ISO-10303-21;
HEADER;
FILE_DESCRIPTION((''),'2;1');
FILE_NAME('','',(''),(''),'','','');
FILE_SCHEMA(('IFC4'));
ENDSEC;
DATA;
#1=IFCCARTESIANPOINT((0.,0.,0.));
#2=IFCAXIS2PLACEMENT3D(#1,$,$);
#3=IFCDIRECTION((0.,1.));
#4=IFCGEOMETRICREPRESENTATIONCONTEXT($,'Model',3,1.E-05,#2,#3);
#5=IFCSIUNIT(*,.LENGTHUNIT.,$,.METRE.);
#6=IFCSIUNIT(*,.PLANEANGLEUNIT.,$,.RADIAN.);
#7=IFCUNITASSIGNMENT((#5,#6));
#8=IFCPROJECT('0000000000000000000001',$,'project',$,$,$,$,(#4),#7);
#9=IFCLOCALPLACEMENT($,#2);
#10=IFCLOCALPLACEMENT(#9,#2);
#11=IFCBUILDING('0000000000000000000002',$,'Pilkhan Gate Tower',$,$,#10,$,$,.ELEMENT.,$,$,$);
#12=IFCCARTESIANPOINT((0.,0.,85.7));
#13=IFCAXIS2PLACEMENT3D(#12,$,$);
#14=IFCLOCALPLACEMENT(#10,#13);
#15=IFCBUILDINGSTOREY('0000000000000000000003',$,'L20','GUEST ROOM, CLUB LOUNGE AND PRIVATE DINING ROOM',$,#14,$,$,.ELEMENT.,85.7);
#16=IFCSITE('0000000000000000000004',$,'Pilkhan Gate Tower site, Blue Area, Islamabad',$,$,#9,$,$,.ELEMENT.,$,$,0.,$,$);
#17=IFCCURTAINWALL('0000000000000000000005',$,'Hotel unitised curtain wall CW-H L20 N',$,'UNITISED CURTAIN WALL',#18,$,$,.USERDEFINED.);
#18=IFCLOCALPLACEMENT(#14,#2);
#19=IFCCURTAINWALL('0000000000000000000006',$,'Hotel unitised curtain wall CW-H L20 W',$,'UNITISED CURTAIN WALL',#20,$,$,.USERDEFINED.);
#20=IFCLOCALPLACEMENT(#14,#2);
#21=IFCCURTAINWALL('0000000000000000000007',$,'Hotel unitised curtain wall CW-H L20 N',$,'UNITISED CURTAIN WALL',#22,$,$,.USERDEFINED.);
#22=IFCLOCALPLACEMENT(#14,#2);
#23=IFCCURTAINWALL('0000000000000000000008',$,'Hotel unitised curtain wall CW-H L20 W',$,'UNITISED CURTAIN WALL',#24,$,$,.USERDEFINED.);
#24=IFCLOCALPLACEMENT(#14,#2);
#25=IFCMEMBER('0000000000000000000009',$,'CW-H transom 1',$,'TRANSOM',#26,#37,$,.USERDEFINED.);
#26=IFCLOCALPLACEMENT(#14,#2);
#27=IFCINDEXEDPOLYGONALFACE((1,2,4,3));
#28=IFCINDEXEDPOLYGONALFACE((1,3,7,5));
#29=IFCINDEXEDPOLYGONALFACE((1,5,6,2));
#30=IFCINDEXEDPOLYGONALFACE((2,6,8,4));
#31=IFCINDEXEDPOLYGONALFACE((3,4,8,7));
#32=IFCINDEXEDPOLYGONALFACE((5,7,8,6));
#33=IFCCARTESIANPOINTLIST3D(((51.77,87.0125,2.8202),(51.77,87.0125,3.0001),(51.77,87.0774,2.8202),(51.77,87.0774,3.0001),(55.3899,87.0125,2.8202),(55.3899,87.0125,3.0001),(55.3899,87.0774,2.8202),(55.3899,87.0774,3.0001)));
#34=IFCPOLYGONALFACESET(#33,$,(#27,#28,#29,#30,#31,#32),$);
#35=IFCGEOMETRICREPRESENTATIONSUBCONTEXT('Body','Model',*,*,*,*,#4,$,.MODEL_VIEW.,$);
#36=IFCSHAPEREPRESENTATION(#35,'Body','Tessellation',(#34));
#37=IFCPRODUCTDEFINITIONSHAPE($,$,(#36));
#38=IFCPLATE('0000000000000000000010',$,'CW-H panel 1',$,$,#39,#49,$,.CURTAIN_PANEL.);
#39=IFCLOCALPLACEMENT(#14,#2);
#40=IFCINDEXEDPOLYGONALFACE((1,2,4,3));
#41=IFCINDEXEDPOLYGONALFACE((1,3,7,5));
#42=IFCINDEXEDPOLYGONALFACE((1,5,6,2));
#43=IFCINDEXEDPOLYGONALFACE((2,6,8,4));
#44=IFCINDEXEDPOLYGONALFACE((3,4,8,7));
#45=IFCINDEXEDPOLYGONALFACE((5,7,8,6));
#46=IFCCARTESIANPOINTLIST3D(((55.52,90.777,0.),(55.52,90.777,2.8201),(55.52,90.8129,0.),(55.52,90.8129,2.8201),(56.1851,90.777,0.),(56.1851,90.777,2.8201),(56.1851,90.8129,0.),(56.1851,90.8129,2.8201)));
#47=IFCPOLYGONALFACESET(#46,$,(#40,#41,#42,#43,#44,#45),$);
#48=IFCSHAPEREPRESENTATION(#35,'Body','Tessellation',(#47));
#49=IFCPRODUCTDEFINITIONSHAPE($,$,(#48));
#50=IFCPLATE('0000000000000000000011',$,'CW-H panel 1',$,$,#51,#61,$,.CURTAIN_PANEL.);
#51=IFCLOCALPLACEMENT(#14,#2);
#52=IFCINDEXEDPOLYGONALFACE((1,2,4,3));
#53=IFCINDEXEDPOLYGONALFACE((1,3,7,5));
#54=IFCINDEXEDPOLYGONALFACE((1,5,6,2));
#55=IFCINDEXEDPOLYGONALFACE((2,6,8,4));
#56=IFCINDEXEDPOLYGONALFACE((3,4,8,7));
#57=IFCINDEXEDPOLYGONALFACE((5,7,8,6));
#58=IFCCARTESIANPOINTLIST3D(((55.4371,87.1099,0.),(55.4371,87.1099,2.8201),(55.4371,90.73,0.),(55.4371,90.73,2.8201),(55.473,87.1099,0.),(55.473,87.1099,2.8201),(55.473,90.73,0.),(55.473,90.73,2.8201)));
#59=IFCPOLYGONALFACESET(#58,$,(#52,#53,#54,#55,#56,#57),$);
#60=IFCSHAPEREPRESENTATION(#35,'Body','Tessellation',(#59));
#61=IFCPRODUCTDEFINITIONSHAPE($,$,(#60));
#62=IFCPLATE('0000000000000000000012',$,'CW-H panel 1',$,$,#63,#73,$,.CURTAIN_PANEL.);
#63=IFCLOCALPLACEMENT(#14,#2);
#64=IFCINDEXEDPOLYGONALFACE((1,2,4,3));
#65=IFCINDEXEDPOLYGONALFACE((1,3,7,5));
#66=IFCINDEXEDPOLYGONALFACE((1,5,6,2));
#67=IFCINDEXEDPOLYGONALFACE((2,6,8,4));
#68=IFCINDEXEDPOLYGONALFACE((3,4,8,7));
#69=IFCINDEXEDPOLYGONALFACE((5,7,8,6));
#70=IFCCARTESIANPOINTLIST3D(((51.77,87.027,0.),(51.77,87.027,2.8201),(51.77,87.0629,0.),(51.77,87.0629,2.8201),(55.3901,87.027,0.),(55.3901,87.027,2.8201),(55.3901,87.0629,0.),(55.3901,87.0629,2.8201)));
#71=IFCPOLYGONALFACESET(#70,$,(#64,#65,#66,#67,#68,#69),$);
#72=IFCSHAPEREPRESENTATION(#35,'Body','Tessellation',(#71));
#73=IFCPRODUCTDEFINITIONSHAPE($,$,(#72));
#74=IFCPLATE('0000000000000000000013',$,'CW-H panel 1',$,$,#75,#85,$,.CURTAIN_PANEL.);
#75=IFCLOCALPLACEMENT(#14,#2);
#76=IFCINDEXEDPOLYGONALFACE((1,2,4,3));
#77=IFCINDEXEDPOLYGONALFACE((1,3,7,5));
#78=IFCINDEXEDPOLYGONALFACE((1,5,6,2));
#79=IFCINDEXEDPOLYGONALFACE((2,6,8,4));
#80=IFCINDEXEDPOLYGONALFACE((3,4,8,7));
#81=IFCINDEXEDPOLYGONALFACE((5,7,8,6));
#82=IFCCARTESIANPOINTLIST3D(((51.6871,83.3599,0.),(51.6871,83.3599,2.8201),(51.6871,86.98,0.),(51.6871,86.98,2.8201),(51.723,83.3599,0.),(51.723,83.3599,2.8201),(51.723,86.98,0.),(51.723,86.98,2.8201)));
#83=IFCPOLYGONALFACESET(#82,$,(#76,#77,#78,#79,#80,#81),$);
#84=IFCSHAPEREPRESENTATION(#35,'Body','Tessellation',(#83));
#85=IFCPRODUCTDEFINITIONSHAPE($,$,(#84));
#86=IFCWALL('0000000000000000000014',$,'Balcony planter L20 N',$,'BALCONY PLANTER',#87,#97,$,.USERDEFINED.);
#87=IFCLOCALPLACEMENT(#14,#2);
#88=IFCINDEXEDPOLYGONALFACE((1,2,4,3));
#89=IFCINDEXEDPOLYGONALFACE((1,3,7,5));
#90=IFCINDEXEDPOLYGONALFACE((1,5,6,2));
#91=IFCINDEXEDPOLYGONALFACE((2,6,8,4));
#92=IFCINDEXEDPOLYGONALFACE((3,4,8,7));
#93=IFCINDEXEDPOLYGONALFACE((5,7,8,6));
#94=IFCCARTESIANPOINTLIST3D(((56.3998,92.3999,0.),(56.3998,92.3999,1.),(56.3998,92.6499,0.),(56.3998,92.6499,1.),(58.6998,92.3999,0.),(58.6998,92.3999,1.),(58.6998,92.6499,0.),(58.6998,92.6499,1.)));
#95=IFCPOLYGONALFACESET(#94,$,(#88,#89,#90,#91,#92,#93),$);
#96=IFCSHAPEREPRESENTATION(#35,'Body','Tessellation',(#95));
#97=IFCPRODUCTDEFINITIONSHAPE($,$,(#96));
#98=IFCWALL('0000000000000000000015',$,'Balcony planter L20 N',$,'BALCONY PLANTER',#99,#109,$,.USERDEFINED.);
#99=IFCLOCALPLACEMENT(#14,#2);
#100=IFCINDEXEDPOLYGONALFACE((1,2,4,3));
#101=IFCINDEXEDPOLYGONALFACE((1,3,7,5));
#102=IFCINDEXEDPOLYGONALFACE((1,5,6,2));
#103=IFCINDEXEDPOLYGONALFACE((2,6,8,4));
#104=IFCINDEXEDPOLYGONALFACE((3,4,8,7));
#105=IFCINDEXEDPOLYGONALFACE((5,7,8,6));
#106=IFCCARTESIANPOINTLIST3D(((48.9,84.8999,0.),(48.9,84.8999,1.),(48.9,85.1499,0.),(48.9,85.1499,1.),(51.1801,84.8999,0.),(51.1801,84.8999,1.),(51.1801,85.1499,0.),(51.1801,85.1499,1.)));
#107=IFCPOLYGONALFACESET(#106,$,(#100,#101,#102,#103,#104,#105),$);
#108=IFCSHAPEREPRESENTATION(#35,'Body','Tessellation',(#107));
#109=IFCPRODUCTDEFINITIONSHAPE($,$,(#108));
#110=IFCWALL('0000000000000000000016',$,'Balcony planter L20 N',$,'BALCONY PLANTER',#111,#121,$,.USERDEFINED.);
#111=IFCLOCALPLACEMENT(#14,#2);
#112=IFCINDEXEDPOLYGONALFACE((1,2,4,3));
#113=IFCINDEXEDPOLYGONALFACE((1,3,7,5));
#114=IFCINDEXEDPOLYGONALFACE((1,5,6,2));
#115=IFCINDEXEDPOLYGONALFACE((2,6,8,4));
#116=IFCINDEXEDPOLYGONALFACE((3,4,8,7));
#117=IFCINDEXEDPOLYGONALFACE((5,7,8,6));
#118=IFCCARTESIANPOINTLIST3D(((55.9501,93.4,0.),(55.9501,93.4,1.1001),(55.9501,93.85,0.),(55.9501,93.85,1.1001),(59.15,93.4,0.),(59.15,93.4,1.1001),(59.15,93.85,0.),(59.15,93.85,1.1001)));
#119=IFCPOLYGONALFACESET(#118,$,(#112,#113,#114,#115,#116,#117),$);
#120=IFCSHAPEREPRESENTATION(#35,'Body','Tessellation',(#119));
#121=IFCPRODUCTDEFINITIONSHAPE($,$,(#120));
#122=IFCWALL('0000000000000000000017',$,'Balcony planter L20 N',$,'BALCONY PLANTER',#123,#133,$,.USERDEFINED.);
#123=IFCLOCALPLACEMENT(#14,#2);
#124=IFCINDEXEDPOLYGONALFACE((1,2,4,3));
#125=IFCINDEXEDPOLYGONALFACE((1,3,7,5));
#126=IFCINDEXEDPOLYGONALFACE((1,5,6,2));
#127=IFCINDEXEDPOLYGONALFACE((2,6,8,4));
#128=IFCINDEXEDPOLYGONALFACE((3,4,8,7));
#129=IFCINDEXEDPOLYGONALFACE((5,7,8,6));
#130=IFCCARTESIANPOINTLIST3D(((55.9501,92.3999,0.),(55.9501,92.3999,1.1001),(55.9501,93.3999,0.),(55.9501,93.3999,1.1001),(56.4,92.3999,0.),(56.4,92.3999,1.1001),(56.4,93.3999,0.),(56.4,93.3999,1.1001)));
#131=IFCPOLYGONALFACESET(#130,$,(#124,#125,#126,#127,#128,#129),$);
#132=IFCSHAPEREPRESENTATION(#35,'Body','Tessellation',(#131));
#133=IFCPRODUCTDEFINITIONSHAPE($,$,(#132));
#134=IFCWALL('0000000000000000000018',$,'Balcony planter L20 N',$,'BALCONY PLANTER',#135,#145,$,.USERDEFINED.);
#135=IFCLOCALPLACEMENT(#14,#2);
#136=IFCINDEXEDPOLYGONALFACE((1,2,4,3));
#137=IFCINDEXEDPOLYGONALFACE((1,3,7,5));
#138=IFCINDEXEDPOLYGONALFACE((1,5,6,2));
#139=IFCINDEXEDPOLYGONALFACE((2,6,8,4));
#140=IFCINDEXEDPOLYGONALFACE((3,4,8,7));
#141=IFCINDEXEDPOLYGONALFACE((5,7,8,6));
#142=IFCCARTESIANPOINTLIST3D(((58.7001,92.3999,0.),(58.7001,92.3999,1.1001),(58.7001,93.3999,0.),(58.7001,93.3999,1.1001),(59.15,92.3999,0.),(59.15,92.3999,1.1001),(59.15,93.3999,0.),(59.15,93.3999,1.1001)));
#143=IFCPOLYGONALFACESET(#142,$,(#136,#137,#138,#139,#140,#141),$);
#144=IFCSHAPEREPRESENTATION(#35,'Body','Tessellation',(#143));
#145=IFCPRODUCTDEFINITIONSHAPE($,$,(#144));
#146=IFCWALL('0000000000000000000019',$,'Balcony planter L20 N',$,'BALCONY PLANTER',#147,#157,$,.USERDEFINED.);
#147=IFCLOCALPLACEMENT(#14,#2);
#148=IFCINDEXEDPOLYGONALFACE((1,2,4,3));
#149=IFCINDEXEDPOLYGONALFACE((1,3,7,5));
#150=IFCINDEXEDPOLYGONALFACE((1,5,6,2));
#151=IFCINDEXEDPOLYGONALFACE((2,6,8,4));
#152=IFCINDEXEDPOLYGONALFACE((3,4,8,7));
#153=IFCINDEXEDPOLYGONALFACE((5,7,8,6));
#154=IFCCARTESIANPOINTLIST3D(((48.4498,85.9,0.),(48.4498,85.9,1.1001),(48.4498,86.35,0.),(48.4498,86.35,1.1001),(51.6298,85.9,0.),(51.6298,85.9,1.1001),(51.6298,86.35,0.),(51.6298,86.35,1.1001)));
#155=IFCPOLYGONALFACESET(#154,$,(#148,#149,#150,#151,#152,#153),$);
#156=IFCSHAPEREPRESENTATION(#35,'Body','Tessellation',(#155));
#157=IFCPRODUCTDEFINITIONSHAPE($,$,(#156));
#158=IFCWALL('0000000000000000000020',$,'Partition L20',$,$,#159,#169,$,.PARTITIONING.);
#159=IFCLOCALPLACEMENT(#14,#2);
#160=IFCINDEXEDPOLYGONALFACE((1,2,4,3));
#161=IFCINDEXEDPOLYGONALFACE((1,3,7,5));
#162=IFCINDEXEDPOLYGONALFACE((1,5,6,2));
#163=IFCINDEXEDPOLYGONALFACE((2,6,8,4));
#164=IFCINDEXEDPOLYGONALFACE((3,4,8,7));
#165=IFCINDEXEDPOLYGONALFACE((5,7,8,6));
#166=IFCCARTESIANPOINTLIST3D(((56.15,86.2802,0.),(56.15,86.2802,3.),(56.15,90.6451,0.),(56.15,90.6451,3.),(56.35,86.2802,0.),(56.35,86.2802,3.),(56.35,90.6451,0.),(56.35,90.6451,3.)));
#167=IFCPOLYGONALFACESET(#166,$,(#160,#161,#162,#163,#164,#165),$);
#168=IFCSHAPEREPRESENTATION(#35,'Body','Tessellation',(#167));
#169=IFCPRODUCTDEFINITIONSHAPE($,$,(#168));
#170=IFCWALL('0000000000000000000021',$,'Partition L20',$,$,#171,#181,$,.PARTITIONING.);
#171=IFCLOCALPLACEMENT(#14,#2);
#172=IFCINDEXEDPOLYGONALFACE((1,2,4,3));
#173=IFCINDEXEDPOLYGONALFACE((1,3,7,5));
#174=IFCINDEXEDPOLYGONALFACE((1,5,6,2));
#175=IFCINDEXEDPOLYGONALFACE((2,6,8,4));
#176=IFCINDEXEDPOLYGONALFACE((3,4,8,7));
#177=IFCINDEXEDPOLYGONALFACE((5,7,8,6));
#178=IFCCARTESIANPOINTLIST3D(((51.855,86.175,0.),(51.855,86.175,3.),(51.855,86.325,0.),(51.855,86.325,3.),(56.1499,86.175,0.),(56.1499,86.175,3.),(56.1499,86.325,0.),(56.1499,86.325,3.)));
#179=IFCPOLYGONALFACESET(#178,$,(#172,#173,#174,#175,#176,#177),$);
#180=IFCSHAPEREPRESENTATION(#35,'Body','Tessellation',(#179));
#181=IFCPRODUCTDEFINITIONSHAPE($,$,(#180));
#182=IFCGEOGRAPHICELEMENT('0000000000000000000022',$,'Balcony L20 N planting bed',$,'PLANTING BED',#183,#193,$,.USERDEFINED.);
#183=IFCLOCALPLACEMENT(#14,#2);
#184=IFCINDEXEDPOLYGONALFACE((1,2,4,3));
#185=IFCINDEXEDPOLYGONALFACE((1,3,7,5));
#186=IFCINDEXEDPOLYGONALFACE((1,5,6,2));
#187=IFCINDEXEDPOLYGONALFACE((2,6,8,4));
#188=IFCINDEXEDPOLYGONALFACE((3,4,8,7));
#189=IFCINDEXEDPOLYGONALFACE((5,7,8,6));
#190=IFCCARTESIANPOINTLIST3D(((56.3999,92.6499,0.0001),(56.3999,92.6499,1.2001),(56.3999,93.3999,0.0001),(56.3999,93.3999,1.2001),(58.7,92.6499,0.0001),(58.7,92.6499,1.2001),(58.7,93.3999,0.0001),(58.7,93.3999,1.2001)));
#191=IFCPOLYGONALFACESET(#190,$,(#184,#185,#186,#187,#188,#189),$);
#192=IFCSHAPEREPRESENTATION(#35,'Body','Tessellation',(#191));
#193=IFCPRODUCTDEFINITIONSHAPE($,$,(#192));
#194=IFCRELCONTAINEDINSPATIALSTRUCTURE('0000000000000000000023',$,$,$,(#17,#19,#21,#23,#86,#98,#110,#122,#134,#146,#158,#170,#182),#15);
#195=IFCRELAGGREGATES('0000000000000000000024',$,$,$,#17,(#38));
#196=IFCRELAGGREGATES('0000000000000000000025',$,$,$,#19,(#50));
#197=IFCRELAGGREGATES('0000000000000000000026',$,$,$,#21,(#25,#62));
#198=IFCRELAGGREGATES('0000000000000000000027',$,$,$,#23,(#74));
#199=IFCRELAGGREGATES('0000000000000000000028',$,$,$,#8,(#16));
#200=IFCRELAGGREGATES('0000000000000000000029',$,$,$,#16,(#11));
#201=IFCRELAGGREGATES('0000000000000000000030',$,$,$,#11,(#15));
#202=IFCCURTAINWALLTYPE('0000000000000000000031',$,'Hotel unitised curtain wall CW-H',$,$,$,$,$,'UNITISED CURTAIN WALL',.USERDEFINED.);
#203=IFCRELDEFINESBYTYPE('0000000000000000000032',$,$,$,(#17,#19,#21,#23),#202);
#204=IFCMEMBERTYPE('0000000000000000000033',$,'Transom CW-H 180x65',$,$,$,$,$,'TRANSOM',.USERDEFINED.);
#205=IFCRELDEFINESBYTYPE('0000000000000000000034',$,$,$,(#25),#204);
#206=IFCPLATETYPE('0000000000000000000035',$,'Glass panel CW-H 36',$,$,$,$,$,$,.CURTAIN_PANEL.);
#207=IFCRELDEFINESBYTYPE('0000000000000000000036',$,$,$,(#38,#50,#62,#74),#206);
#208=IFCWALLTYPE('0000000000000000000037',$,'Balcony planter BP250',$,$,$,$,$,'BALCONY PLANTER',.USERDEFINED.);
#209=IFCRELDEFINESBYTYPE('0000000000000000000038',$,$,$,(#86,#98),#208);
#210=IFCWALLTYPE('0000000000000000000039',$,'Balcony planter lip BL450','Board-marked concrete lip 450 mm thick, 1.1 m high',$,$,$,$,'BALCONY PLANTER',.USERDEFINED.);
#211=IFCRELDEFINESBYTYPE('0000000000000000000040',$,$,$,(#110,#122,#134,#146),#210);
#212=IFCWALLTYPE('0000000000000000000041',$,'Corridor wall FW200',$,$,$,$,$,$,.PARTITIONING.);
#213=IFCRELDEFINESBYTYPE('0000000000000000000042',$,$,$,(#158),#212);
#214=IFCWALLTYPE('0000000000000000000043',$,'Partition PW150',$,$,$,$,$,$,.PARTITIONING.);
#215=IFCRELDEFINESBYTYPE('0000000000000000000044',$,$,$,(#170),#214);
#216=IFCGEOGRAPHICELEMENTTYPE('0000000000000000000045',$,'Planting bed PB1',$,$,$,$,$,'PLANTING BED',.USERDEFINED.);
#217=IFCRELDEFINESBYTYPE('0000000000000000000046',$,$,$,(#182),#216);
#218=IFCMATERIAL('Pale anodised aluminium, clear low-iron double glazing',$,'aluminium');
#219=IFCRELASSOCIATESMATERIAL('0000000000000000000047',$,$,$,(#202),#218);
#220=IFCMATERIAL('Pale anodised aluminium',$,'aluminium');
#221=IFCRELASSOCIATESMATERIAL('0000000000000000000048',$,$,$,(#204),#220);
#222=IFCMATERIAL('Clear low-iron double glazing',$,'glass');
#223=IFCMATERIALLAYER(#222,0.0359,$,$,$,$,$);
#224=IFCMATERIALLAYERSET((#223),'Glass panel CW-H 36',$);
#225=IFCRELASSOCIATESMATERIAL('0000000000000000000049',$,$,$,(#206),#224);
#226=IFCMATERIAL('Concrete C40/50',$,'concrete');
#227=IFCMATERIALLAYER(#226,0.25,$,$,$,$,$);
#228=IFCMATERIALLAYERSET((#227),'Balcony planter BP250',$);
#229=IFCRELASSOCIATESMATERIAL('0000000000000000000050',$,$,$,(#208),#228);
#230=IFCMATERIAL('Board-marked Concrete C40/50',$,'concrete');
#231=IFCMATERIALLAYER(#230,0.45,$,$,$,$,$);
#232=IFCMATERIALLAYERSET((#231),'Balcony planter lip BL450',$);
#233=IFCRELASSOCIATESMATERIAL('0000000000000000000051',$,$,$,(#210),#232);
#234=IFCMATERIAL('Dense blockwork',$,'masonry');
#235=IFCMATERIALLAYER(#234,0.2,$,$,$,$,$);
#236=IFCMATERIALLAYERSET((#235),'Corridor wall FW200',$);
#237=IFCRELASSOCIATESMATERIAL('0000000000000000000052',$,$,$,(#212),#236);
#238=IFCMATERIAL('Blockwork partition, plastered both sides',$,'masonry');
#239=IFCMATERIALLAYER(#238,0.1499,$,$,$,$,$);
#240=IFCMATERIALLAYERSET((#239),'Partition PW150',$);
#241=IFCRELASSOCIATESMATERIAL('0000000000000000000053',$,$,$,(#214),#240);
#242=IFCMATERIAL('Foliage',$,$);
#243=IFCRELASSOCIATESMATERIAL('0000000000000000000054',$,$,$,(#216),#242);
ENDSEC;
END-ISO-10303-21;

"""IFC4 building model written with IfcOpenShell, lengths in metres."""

from ifc_helpers import new_model, si_unit, direction, frame, frame_2d, origin, origin_2d, place, context, subcontext, project, spatial, rectangle, extrude, material, layer, layer_set, material_profile, profile_set, type_object, element, aggregate, save


model = new_model("IFC4")

# Units and contexts
model_context = context("Model", 3, precision=1e-05, world=origin(), true_north=direction((0.0, 1.0)))
body_context = subcontext(model_context, "Body", "Model", "MODEL_VIEW")
ifc_project = project(units=[si_unit("LENGTHUNIT", "METRE"), si_unit("PLANEANGLEUNIT", "RADIAN")], contexts=[model_context])

# Site, building, storey
site_placement = place(None, origin())
site = spatial("IfcSite", under=ifc_project, at=site_placement, Name="Pilkhan Gate Tower site, Blue Area, Islamabad", CompositionType="ELEMENT", RefElevation=0.0)
building_placement = place(site_placement, origin())
building = spatial("IfcBuilding", under=site, at=building_placement, Name="Pilkhan Gate Tower", CompositionType="ELEMENT")
storey_placement = place(building_placement, frame((0.0, 0.0, 85.7)))
storey = spatial("IfcBuildingStorey", under=building, at=storey_placement, Name="L20", Description="GUEST ROOM, CLUB LOUNGE AND PRIVATE DINING ROOM", CompositionType="ELEMENT", Elevation=85.7)

# Curtain walls
ifc_material_1 = material(Name="Pale anodised aluminium, clear low-iron double glazing", Category="aluminium")
curtain_wall_type = type_object("IfcCurtainWallType", Name="Hotel unitised curtain wall CW-H", ElementType="UNITISED CURTAIN WALL", PredefinedType="USERDEFINED", material=ifc_material_1)
curtain_wall_1_placement = place(storey_placement, origin())
curtain_wall_1 = element("IfcCurtainWall", 1, at=curtain_wall_1_placement, inside=storey, type_object=curtain_wall_type, Name="Hotel unitised curtain wall CW-H L20 N", ObjectType="UNITISED CURTAIN WALL", PredefinedType="USERDEFINED")
ifc_material_2 = material(Name="Pale anodised aluminium", Category="aluminium")
curtain_wall_2_placement = place(storey_placement, origin())
curtain_wall_2 = element("IfcCurtainWall", 2, at=curtain_wall_2_placement, inside=storey, type_object=curtain_wall_type, Name="Hotel unitised curtain wall CW-H L20 W", ObjectType="UNITISED CURTAIN WALL", PredefinedType="USERDEFINED")
curtain_wall_3_placement = place(storey_placement, origin())
curtain_wall_3 = element("IfcCurtainWall", 3, at=curtain_wall_3_placement, inside=storey, type_object=curtain_wall_type, Name="Hotel unitised curtain wall CW-H L20 N", ObjectType="UNITISED CURTAIN WALL", PredefinedType="USERDEFINED")

# Curtain wall
curtain_wall_4_placement = place(storey_placement, origin())
curtain_wall_4 = element("IfcCurtainWall", 4, at=curtain_wall_4_placement, inside=storey, type_object=curtain_wall_type, Name="Hotel unitised curtain wall CW-H L20 W", ObjectType="UNITISED CURTAIN WALL", PredefinedType="USERDEFINED")

# Member
ifc_material_profile_1 = material_profile(ifc_material_2, rectangle(XDim=0.0649, YDim=0.1799, at=origin_2d()), Name="Transom 180x65")
ifc_profile_set_1 = profile_set([ifc_material_profile_1], Name="Pale anodised aluminium")
member_type_1 = type_object("IfcMemberType", Name="Transom CW-H 180x65", ElementType="TRANSOM", PredefinedType="USERDEFINED", material=ifc_profile_set_1)
member_1_placement = place(storey_placement, frame((51.77, 87.0449, 2.9102), z_axis=(1.0, 0.0, 0.0), x_axis=(0.0, 1.0, 0.0)))
member_1 = element("IfcMember", 5, at=member_1_placement, type_object=member_type_1, Name="CW-H transom 1", ObjectType="TRANSOM", PredefinedType="USERDEFINED", context=body_context, shape_type="SweptSolid", body=[
    extrude(rectangle(XDim=0.0649, YDim=0.1799, at=origin_2d()), origin(), (0.0, 0.0, 1.0), 3.6199),
])

# Plates
ifc_material_3 = material(Name="Clear low-iron double glazing", Category="glass")
ifc_layer_1 = layer(ifc_material_3, 0.0359)
ifc_layer_set_1 = layer_set([ifc_layer_1], Name="Glass panel CW-H 36")
plate_type = type_object("IfcPlateType", Name="Glass panel CW-H 36", PredefinedType="CURTAIN_PANEL", material=ifc_layer_set_1)
plate_1_placement = place(storey_placement, frame((55.8525, 90.7949, 0.0), z_axis=(0.0, 0.0, 1.0), x_axis=(1.0, 0.0, 0.0)))
plate_1 = element("IfcPlate", 6, at=plate_1_placement, type_object=plate_type, Name="CW-H panel 1", PredefinedType="CURTAIN_PANEL", context=body_context, shape_type="SweptSolid", body=[
    extrude(rectangle(XDim=0.665, YDim=0.0359, at=origin_2d()), origin(), (0.0, 0.0, 1.0), 2.8201),
])
aggregate(curtain_wall_1, [plate_1])
plate_2_placement = place(storey_placement, frame((55.4551, 88.9199, 0.0), z_axis=(0.0, 0.0, 1.0), x_axis=(0.0, 1.0, 0.0)))
plate_2 = element("IfcPlate", 7, at=plate_2_placement, type_object=plate_type, Name="CW-H panel 1", PredefinedType="CURTAIN_PANEL", context=body_context, shape_type="SweptSolid", body=[
    extrude(rectangle(XDim=3.6201, YDim=0.0359, at=origin_2d()), origin(), (0.0, 0.0, 1.0), 2.8201),
])
aggregate(curtain_wall_2, [plate_2])
plate_3_placement = place(storey_placement, frame((53.5801, 87.0449, 0.0), z_axis=(0.0, 0.0, 1.0), x_axis=(1.0, 0.0, 0.0)))
plate_3 = element("IfcPlate", 8, at=plate_3_placement, type_object=plate_type, Name="CW-H panel 1", PredefinedType="CURTAIN_PANEL", context=body_context, shape_type="SweptSolid", body=[
    extrude(rectangle(XDim=3.6201, YDim=0.0359, at=origin_2d()), origin(), (0.0, 0.0, 1.0), 2.8201),
])
aggregate(curtain_wall_3, [member_1, plate_3])
plate_4_placement = place(storey_placement, frame((51.7051, 85.1699, 0.0), z_axis=(0.0, 0.0, 1.0), x_axis=(0.0, 1.0, 0.0)))
plate_4 = element("IfcPlate", 9, at=plate_4_placement, type_object=plate_type, Name="CW-H panel 1", PredefinedType="CURTAIN_PANEL", context=body_context, shape_type="SweptSolid", body=[
    extrude(rectangle(XDim=3.6201, YDim=0.0359, at=origin_2d()), origin(), (0.0, 0.0, 1.0), 2.8201),
])
aggregate(curtain_wall_4, [plate_4])

# Walls
ifc_material_4 = material(Name="Concrete C40/50", Category="concrete")
ifc_layer_2 = layer(ifc_material_4, 0.25)
ifc_layer_set_2 = layer_set([ifc_layer_2], Name="Balcony planter BP250")
wall_type_1 = type_object("IfcWallType", Name="Balcony planter BP250", ElementType="BALCONY PLANTER", PredefinedType="USERDEFINED", material=ifc_layer_set_2)
wall_1_placement = place(storey_placement, frame((56.3999, 92.5249, 0.0), z_axis=(0.0, 0.0, 1.0), x_axis=(1.0, 0.0, 0.0)))
element("IfcWall", 10, at=wall_1_placement, inside=storey, type_object=wall_type_1, Name="Balcony planter L20 N", ObjectType="BALCONY PLANTER", PredefinedType="USERDEFINED", context=body_context, shape_type="SweptSolid", body=[
    extrude(rectangle(XDim=2.3, YDim=0.25, at=frame_2d((1.1499, 0.0))), origin(), (0.0, 0.0, 1.0), 1.0),
])
wall_2_placement = place(storey_placement, frame((48.8999, 85.0249, 0.0), z_axis=(0.0, 0.0, 1.0), x_axis=(1.0, 0.0, 0.0)))
element("IfcWall", 11, at=wall_2_placement, inside=storey, type_object=wall_type_1, Name="Balcony planter L20 N", ObjectType="BALCONY PLANTER", PredefinedType="USERDEFINED", context=body_context, shape_type="SweptSolid", body=[
    extrude(rectangle(XDim=2.28, YDim=0.25, at=frame_2d((1.1401, 0.0))), origin(), (0.0, 0.0, 1.0), 1.0),
])
ifc_material_5 = material(Name="Board-marked Concrete C40/50", Category="concrete")
ifc_layer_3 = layer(ifc_material_5, 0.45)
ifc_layer_set_3 = layer_set([ifc_layer_3], Name="Balcony planter lip BL450")
wall_type_2 = type_object("IfcWallType", Name="Balcony planter lip BL450", Description="Board-marked concrete lip 450 mm thick, 1.1 m high", ElementType="BALCONY PLANTER", PredefinedType="USERDEFINED", material=ifc_layer_set_3)
wall_3_placement = place(storey_placement, frame((55.95, 93.625, 0.0), z_axis=(0.0, 0.0, 1.0), x_axis=(1.0, 0.0, 0.0)))
element("IfcWall", 12, at=wall_3_placement, inside=storey, type_object=wall_type_2, Name="Balcony planter L20 N", ObjectType="BALCONY PLANTER", PredefinedType="USERDEFINED", context=body_context, shape_type="SweptSolid", body=[
    extrude(rectangle(XDim=3.2, YDim=0.45, at=frame_2d((1.6001, 0.0))), origin(), (0.0, 0.0, 1.0), 1.1001),
])
for number, where, z_axis, x_axis, name in (
    (13, (56.175, 92.3999, 0.0), (0.0, 0.0, 1.0), (0.0, 1.0, 0.0), "Balcony planter L20 N"),
    (14, (58.925, 92.3999, 0.0), (0.0, 0.0, 1.0), (0.0, 1.0, 0.0), "Balcony planter L20 N"),
):
    element("IfcWall", number, at=place(storey_placement, frame(where, z_axis=z_axis, x_axis=x_axis)), inside=storey, type_object=wall_type_2, Name=name, ObjectType="BALCONY PLANTER", PredefinedType="USERDEFINED", context=body_context, shape_type="SweptSolid", body=[
        extrude(rectangle(XDim=1.0, YDim=0.45, at=frame_2d((0.5, 0.0))), origin(), (0.0, 0.0, 1.0), 1.1001),
    ])
wall_4_placement = place(storey_placement, frame((48.45, 86.125, 0.0), z_axis=(0.0, 0.0, 1.0), x_axis=(1.0, 0.0, 0.0)))
element("IfcWall", 15, at=wall_4_placement, inside=storey, type_object=wall_type_2, Name="Balcony planter L20 N", ObjectType="BALCONY PLANTER", PredefinedType="USERDEFINED", context=body_context, shape_type="SweptSolid", body=[
    extrude(rectangle(XDim=3.1799, YDim=0.45, at=frame_2d((1.5898, 0.0))), origin(), (0.0, 0.0, 1.0), 1.1001),
])
ifc_material_6 = material(Name="Dense blockwork", Category="masonry")
ifc_layer_4 = layer(ifc_material_6, 0.2)
ifc_layer_set_4 = layer_set([ifc_layer_4], Name="Corridor wall FW200")
wall_type_3 = type_object("IfcWallType", Name="Corridor wall FW200", PredefinedType="PARTITIONING", material=ifc_layer_set_4)
wall_5_placement = place(storey_placement, frame((56.25, 86.28, 0.0), z_axis=(0.0, 0.0, 1.0), x_axis=(0.0, 1.0, 0.0)))
element("IfcWall", 16, at=wall_5_placement, inside=storey, type_object=wall_type_3, Name="Partition L20", PredefinedType="PARTITIONING", context=body_context, shape_type="SweptSolid", body=[
    extrude(rectangle(XDim=4.365, YDim=0.2, at=frame_2d((2.1826, 0.0))), origin(), (0.0, 0.0, 1.0), 3.0),
])

# Wall
ifc_material_7 = material(Name="Blockwork partition, plastered both sides", Category="masonry")
ifc_layer_5 = layer(ifc_material_7, 0.1499)
ifc_layer_set_5 = layer_set([ifc_layer_5], Name="Partition PW150")
wall_type_4 = type_object("IfcWallType", Name="Partition PW150", PredefinedType="PARTITIONING", material=ifc_layer_set_5)
wall_6_placement = place(storey_placement, frame((51.855, 86.25, 0.0), z_axis=(0.0, 0.0, 1.0), x_axis=(1.0, 0.0, 0.0)))
element("IfcWall", 17, at=wall_6_placement, inside=storey, type_object=wall_type_4, Name="Partition L20", PredefinedType="PARTITIONING", context=body_context, shape_type="SweptSolid", body=[
    extrude(rectangle(XDim=4.2949, YDim=0.1499, at=frame_2d((2.1475, 0.0))), origin(), (0.0, 0.0, 1.0), 3.0),
])

# Geographic element
ifc_material_8 = material(Name="Foliage")
ifc_material_profile_2 = material_profile(ifc_material_8, rectangle(XDim=0.75, YDim=1.2, at=origin_2d()), Name="Bed 750x1200")
ifc_profile_set_2 = profile_set([ifc_material_profile_2], Name="Foliage")
geographic_element_type_1 = type_object("IfcGeographicElementType", Name="Planting bed PB1", ElementType="PLANTING BED", PredefinedType="USERDEFINED", material=ifc_profile_set_2)
geographic_element_1_placement = place(storey_placement, frame((56.3999, 93.0249, 0.6001), z_axis=(1.0, 0.0, 0.0), x_axis=(0.0, 1.0, 0.0)))
element("IfcGeographicElement", 18, at=geographic_element_1_placement, inside=storey, type_object=geographic_element_type_1, Name="Balcony L20 N planting bed", ObjectType="PLANTING BED", PredefinedType="USERDEFINED", context=body_context, shape_type="SweptSolid", body=[
    extrude(rectangle(XDim=0.75, YDim=1.2, at=origin_2d()), origin(), (0.0, 0.0, 1.0), 2.3),
])

save(model, "model.ifc")
